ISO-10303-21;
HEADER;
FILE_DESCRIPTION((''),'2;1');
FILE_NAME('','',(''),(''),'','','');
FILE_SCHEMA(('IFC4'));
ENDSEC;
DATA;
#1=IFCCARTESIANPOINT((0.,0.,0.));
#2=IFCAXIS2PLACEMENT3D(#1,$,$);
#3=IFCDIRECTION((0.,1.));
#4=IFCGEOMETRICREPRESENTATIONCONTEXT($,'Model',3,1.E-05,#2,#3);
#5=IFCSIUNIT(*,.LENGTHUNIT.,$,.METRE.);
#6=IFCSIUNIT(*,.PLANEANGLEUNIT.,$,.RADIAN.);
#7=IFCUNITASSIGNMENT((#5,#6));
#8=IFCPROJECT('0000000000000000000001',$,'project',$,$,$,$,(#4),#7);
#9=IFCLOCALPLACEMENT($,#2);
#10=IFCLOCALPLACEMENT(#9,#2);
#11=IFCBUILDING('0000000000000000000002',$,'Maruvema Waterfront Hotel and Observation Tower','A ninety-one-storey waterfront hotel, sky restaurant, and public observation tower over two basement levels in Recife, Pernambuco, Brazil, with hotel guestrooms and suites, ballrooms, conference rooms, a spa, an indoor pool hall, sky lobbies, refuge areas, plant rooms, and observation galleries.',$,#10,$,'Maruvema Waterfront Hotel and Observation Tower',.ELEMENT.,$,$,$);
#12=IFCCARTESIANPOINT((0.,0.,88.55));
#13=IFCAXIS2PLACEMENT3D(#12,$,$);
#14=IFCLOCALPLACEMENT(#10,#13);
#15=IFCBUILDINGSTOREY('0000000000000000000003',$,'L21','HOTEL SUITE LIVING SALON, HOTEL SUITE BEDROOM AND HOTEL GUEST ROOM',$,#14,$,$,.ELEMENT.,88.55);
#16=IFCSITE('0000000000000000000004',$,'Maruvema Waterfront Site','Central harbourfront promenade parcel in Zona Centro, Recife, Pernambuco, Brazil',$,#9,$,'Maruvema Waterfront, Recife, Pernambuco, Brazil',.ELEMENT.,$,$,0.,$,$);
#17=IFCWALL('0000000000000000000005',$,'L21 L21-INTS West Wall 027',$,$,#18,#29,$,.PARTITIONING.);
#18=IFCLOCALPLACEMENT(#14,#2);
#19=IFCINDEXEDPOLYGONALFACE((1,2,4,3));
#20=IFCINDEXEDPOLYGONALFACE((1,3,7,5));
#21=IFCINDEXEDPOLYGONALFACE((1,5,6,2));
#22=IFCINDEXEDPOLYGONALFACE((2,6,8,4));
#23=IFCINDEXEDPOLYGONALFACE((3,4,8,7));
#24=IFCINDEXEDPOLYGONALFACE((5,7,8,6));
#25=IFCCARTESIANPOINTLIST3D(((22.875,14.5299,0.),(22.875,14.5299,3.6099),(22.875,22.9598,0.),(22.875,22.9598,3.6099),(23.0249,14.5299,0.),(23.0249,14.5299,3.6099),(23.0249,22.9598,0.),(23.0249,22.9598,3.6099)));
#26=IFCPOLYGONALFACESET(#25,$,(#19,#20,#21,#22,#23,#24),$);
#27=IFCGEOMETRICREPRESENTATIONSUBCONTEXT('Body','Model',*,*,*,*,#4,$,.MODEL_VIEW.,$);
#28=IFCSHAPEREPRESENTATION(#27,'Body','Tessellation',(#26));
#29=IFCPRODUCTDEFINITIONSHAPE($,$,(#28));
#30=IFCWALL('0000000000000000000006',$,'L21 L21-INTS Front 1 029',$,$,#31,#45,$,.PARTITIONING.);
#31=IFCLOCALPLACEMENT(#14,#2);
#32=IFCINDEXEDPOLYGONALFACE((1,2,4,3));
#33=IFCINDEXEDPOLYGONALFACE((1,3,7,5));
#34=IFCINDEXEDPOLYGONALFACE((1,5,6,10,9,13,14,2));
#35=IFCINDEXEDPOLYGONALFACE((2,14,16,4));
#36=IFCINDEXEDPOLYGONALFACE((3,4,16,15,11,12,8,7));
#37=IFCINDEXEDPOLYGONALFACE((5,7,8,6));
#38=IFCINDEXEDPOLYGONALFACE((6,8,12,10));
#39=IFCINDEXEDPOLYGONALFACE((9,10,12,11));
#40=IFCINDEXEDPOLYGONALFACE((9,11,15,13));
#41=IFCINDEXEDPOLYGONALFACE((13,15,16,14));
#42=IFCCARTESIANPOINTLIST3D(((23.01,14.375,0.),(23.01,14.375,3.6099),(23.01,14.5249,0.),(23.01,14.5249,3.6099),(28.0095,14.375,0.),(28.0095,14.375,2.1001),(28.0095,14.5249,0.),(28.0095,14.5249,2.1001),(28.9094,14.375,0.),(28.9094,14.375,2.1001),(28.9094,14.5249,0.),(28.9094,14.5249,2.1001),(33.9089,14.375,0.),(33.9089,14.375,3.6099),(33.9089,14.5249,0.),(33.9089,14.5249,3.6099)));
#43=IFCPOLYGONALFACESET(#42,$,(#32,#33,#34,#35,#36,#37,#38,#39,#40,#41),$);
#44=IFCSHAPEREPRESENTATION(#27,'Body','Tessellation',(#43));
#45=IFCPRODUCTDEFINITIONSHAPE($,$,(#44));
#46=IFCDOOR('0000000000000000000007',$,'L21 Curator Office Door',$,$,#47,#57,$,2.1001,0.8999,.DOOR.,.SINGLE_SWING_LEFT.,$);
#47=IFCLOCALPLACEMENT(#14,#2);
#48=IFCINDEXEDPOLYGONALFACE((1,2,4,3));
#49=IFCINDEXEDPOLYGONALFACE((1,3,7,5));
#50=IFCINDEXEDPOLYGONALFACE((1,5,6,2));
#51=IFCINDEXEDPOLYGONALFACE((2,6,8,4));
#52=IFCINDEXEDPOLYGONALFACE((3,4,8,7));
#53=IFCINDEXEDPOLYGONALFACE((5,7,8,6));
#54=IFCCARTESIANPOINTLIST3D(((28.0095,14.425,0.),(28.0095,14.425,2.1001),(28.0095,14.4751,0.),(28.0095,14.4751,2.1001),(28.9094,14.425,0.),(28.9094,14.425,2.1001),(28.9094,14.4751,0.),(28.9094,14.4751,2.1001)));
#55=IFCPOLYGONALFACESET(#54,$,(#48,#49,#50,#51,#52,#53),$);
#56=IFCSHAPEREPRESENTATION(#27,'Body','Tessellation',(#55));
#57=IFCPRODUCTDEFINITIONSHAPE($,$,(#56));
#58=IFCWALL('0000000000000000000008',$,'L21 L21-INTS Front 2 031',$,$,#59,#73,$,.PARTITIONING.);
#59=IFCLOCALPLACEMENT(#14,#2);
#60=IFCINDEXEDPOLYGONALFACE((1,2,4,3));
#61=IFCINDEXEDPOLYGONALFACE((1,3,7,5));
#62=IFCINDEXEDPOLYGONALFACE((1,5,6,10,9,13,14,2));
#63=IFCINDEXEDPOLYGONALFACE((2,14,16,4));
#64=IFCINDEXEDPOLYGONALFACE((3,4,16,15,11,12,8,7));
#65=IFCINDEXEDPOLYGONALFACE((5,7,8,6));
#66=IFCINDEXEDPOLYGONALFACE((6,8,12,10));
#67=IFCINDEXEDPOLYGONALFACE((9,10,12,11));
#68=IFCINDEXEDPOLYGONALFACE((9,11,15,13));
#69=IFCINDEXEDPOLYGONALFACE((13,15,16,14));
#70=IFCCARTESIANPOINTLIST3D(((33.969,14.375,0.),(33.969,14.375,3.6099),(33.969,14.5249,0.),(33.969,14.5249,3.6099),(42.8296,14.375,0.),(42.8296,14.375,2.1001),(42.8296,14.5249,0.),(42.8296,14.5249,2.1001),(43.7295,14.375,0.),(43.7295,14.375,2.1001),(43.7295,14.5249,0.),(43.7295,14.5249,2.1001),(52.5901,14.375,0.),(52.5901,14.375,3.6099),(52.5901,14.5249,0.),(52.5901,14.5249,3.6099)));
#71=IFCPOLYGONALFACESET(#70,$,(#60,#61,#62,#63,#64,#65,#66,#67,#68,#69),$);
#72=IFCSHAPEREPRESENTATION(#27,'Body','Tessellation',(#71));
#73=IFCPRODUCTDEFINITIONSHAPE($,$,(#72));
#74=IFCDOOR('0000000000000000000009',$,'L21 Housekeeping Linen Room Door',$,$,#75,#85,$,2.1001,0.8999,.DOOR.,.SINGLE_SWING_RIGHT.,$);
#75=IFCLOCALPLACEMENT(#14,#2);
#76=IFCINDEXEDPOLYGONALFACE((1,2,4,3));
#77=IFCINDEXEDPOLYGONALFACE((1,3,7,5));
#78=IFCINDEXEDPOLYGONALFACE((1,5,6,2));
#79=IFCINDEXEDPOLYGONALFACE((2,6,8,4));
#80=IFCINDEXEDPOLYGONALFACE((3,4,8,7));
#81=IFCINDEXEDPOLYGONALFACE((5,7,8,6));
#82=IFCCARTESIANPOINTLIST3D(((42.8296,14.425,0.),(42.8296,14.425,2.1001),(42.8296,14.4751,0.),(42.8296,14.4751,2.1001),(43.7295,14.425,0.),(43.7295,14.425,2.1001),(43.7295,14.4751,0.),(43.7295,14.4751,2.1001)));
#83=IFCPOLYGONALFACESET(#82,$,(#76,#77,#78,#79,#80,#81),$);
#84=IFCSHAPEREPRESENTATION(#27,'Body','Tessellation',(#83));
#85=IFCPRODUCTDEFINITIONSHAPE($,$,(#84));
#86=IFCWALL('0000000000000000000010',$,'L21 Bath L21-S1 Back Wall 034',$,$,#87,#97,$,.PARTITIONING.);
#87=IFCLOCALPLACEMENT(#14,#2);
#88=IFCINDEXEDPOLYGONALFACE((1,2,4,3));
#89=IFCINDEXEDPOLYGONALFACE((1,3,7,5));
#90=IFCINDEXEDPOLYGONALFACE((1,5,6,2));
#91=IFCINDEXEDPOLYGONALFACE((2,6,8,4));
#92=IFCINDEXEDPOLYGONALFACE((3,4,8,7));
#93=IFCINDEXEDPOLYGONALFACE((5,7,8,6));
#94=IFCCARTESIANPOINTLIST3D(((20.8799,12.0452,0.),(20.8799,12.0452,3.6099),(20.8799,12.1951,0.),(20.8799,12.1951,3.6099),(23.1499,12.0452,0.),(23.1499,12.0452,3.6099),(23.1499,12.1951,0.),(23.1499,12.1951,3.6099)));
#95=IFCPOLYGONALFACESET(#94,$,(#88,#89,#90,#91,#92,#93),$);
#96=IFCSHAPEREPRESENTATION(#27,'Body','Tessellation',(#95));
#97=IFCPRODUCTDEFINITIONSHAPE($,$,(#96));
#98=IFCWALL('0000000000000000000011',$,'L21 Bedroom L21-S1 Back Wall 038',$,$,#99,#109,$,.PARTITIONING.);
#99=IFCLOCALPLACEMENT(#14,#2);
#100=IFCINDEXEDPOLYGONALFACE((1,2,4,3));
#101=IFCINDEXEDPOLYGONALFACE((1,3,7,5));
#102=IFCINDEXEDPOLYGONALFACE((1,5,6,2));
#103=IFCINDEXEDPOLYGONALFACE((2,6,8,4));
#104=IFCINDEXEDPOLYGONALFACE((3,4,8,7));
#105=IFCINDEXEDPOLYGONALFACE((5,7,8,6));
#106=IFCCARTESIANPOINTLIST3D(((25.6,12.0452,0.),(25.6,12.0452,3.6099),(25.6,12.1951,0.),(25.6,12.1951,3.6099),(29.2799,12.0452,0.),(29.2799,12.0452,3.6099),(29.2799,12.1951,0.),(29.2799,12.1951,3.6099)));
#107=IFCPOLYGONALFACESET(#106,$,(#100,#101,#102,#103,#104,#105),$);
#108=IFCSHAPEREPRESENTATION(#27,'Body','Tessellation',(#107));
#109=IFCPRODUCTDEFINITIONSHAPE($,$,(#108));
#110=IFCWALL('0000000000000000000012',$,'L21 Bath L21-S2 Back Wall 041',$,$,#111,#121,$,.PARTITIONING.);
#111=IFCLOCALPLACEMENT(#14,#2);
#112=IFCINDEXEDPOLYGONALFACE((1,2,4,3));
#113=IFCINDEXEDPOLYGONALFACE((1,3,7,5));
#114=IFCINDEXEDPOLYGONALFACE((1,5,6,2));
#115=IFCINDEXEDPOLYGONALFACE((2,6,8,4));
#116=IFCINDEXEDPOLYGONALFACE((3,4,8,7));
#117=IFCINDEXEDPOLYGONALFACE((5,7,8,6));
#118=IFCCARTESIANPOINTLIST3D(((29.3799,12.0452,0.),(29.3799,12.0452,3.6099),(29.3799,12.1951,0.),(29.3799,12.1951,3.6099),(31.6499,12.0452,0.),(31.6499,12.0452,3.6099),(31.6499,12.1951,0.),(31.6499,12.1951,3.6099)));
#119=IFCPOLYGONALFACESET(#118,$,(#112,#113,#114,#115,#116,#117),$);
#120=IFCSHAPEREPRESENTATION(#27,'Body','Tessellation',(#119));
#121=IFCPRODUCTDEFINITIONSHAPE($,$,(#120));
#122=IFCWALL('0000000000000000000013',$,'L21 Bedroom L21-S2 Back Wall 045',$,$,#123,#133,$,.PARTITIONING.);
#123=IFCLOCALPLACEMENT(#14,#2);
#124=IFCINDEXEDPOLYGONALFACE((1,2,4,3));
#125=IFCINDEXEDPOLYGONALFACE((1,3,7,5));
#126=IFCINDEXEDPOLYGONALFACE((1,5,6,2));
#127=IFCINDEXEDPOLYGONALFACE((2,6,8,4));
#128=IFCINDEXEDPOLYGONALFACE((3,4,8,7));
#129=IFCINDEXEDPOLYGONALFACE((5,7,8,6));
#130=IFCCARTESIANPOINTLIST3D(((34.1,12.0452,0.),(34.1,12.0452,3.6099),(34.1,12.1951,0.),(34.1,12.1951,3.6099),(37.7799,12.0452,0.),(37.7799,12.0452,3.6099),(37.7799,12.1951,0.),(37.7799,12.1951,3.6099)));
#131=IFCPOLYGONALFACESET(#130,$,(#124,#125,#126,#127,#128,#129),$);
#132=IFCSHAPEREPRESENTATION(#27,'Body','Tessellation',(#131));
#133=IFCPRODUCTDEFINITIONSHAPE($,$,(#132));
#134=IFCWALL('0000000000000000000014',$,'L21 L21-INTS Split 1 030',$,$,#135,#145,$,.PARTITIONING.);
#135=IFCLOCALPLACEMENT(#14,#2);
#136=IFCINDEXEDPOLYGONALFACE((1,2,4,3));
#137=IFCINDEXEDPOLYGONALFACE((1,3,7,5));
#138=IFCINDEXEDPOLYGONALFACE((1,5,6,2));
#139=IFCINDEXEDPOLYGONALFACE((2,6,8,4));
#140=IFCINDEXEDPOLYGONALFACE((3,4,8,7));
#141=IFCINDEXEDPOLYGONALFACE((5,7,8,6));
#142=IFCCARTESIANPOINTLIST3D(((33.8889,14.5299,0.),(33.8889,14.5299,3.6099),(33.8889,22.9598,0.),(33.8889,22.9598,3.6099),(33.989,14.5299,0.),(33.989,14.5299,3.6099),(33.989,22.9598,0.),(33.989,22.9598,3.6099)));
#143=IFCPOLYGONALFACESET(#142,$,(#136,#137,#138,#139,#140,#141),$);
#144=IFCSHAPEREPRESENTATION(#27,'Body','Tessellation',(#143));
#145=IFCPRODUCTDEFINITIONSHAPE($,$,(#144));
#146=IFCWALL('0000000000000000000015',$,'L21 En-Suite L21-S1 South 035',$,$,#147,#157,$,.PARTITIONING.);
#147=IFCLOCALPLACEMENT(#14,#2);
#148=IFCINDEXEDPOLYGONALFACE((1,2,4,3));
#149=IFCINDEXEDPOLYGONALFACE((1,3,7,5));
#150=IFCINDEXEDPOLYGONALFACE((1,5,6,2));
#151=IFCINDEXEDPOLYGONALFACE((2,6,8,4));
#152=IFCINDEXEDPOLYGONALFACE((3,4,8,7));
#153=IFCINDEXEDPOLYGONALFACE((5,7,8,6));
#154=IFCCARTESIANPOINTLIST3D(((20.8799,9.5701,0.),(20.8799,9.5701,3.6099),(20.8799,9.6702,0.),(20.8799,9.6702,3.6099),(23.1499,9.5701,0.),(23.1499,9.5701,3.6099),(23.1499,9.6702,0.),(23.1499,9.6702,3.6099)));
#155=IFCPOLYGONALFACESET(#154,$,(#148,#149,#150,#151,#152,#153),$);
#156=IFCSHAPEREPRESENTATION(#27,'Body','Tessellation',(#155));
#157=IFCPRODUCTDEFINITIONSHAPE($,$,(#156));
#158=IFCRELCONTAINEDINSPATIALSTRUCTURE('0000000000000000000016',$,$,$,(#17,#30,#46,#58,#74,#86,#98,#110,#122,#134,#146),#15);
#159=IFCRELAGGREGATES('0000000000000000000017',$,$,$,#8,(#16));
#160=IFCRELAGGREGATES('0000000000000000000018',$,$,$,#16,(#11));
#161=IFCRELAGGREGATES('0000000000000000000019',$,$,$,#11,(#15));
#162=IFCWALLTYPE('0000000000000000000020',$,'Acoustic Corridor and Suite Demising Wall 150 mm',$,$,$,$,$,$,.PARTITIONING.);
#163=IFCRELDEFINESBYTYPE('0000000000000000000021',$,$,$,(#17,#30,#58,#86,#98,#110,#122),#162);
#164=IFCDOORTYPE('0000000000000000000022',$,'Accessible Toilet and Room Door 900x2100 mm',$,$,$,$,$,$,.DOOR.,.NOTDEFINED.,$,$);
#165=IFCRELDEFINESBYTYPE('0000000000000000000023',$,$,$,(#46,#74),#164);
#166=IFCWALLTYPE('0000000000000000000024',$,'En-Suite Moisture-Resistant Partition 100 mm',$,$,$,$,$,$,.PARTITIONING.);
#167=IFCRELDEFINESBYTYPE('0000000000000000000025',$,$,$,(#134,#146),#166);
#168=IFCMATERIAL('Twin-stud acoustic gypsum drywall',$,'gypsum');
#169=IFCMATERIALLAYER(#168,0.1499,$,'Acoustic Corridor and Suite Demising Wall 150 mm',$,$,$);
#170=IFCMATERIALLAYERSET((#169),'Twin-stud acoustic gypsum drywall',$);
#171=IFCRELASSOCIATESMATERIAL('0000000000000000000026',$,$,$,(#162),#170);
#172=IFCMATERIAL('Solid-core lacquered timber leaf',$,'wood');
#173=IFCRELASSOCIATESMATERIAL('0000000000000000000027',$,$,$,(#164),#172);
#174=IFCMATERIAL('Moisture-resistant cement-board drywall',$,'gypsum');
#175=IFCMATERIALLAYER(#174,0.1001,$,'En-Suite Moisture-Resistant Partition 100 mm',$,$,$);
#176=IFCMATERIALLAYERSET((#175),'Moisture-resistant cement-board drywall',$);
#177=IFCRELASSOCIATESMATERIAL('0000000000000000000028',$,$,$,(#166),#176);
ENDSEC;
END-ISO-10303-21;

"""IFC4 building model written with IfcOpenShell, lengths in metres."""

from ifc_helpers import new_model, si_unit, direction, frame, frame_2d, origin, place, context, subcontext, project, spatial, rectangle, extrude, material, layer, layer_set, type_object, element, fill, save


model = new_model("IFC4")

# Units and contexts
model_context = context("Model", 3, precision=1e-05, world=origin(), true_north=direction((0.0, 1.0)))
body_context = subcontext(model_context, "Body", "Model", "MODEL_VIEW")
ifc_project = project(units=[si_unit("LENGTHUNIT", "METRE"), si_unit("PLANEANGLEUNIT", "RADIAN")], contexts=[model_context])

# Site, building, storey
site_placement = place(None, origin())
site = spatial("IfcSite", under=ifc_project, at=site_placement, Name="Maruvema Waterfront Site", Description="Central harbourfront promenade parcel in Zona Centro, Recife, Pernambuco, Brazil", LongName="Maruvema Waterfront, Recife, Pernambuco, Brazil", CompositionType="ELEMENT", RefElevation=0.0)
building_placement = place(site_placement, origin())
building = spatial("IfcBuilding", under=site, at=building_placement, Name="Maruvema Waterfront Hotel and Observation Tower", Description="A ninety-one-storey waterfront hotel, sky restaurant, and public observation tower over two basement levels in Recife, Pernambuco, Brazil, with hotel guestrooms and suites, ballrooms, conference rooms, a spa, an indoor pool hall, sky lobbies, refuge areas, plant rooms, and observation galleries.", LongName="Maruvema Waterfront Hotel and Observation Tower", CompositionType="ELEMENT")
storey_placement = place(building_placement, frame((0.0, 0.0, 88.55)))
storey = spatial("IfcBuildingStorey", under=building, at=storey_placement, Name="L21", Description="HOTEL SUITE LIVING SALON, HOTEL SUITE BEDROOM AND HOTEL GUEST ROOM", CompositionType="ELEMENT", Elevation=88.55)

# Wall
ifc_material_1 = material(Name="Twin-stud acoustic gypsum drywall", Category="gypsum")
ifc_layer_1 = layer(ifc_material_1, 0.1499, Name="Acoustic Corridor and Suite Demising Wall 150 mm")
ifc_layer_set_1 = layer_set([ifc_layer_1], Name="Twin-stud acoustic gypsum drywall")
wall_type_1 = type_object("IfcWallType", Name="Acoustic Corridor and Suite Demising Wall 150 mm", PredefinedType="PARTITIONING", material=ifc_layer_set_1)
wall_1_placement = place(storey_placement, frame((22.95, 14.53, 0.0), z_axis=(0.0, 0.0, 1.0), x_axis=(0.0, 1.0, 0.0)))
element("IfcWall", 1, at=wall_1_placement, inside=storey, type_object=wall_type_1, Name="L21 L21-INTS West Wall 027", PredefinedType="PARTITIONING", context=body_context, shape_type="SweptSolid", body=[
    extrude(rectangle(XDim=8.4299, YDim=0.1499, at=frame_2d((4.2148, 0.0))), origin(), (0.0, 0.0, 1.0), 3.6099),
])

# Walls, openings, doors
wall_2_placement = place(storey_placement, frame((23.01, 14.45, 0.0), z_axis=(0.0, 0.0, 1.0), x_axis=(1.0, 0.0, 0.0)))
wall_2 = element("IfcWall", 2, at=wall_2_placement, inside=storey, type_object=wall_type_1, Name="L21 L21-INTS Front 1 029", PredefinedType="PARTITIONING", context=body_context, shape_type="SweptSolid", body=[
    extrude(rectangle(XDim=10.8989, YDim=0.1499, at=frame_2d((5.4495, 0.0))), origin(), (0.0, 0.0, 1.0), 3.6099),
])
opening_1_placement = place(wall_2_placement, frame((4.9995, 0.0, 0.0)))
opening_1 = element("IfcOpeningElement", 3, at=opening_1_placement, cuts=wall_2, PredefinedType="OPENING", context=body_context, shape_type="SweptSolid", body=[
    extrude(rectangle(XDim=0.8999, YDim=2.1001, at=frame_2d((0.45, 1.05))), frame((0.0, 0.085, 0.0), z_axis=(0.0, -1.0, 0.0), x_axis=(1.0, 0.0, 0.0)), (0.0, 0.0, 1.0), 0.1699),
])
ifc_material_2 = material(Name="Solid-core lacquered timber leaf", Category="wood")
door_type_1 = type_object("IfcDoorType", Name="Accessible Toilet and Room Door 900x2100 mm", OperationType="NOTDEFINED", PredefinedType="DOOR", material=ifc_material_2)
door_1_placement = place(opening_1_placement, frame((0.8999, 0.0, 0.0), z_axis=(0.0, 0.0, 1.0), x_axis=(-1.0, 0.0, 0.0)))
door_1 = element("IfcDoor", 4, at=door_1_placement, inside=storey, type_object=door_type_1, Name="L21 Curator Office Door", OperationType="SINGLE_SWING_LEFT", OverallHeight=2.1001, OverallWidth=0.8999, PredefinedType="DOOR", context=body_context, shape_type="SweptSolid", body=[
    extrude(rectangle(XDim=0.8999, YDim=2.1001, at=frame_2d((0.45, 1.05))), frame((0.0, 0.0249, 0.0), z_axis=(0.0, -1.0, 0.0), x_axis=(1.0, 0.0, 0.0)), (0.0, 0.0, 1.0), 0.05),
])
fill(opening_1, door_1)
wall_3_placement = place(storey_placement, frame((33.969, 14.45, 0.0), z_axis=(0.0, 0.0, 1.0), x_axis=(1.0, 0.0, 0.0)))
wall_3 = element("IfcWall", 5, at=wall_3_placement, inside=storey, type_object=wall_type_1, Name="L21 L21-INTS Front 2 031", PredefinedType="PARTITIONING", context=body_context, shape_type="SweptSolid", body=[
    extrude(rectangle(XDim=18.6211, YDim=0.1499, at=frame_2d((9.3105, 0.0))), origin(), (0.0, 0.0, 1.0), 3.6099),
])
opening_2_placement = place(wall_3_placement, frame((8.8606, 0.0, 0.0)))
opening_2 = element("IfcOpeningElement", 6, at=opening_2_placement, cuts=wall_3, PredefinedType="OPENING", context=body_context, shape_type="SweptSolid", body=[
    extrude(rectangle(XDim=0.8999, YDim=2.1001, at=frame_2d((0.45, 1.05))), frame((0.0, 0.085, 0.0), z_axis=(0.0, -1.0, 0.0), x_axis=(1.0, 0.0, 0.0)), (0.0, 0.0, 1.0), 0.1699),
])
door_2_placement = place(opening_2_placement, frame((0.8999, 0.0, 0.0), z_axis=(0.0, 0.0, 1.0), x_axis=(-1.0, 0.0, 0.0)))
door_2 = element("IfcDoor", 7, at=door_2_placement, inside=storey, type_object=door_type_1, Name="L21 Housekeeping Linen Room Door", OperationType="SINGLE_SWING_RIGHT", OverallHeight=2.1001, OverallWidth=0.8999, PredefinedType="DOOR", context=body_context, shape_type="SweptSolid", body=[
    extrude(rectangle(XDim=0.8999, YDim=2.1001, at=frame_2d((0.45, 1.05))), frame((0.0, 0.0249, 0.0), z_axis=(0.0, -1.0, 0.0), x_axis=(1.0, 0.0, 0.0)), (0.0, 0.0, 1.0), 0.05),
])
fill(opening_2, door_2)

# Wall
wall_4_placement = place(storey_placement, frame((20.8799, 12.1201, 0.0), z_axis=(0.0, 0.0, 1.0), x_axis=(1.0, 0.0, 0.0)))
element("IfcWall", 8, at=wall_4_placement, inside=storey, type_object=wall_type_1, Name="L21 Bath L21-S1 Back Wall 034", PredefinedType="PARTITIONING", context=body_context, shape_type="SweptSolid", body=[
    extrude(rectangle(XDim=2.27, YDim=0.1499, at=frame_2d((1.135, 0.0))), origin(), (0.0, 0.0, 1.0), 3.6099),
])

# Walls
wall_5_placement = place(storey_placement, frame((25.6001, 12.1201, 0.0), z_axis=(0.0, 0.0, 1.0), x_axis=(1.0, 0.0, 0.0)))
element("IfcWall", 9, at=wall_5_placement, inside=storey, type_object=wall_type_1, Name="L21 Bedroom L21-S1 Back Wall 038", PredefinedType="PARTITIONING", context=body_context, shape_type="SweptSolid", body=[
    extrude(rectangle(XDim=3.6799, YDim=0.1499, at=frame_2d((1.8398, 0.0))), origin(), (0.0, 0.0, 1.0), 3.6099),
])
wall_6_placement = place(storey_placement, frame((29.3799, 12.1201, 0.0), z_axis=(0.0, 0.0, 1.0), x_axis=(1.0, 0.0, 0.0)))
element("IfcWall", 10, at=wall_6_placement, inside=storey, type_object=wall_type_1, Name="L21 Bath L21-S2 Back Wall 041", PredefinedType="PARTITIONING", context=body_context, shape_type="SweptSolid", body=[
    extrude(rectangle(XDim=2.27, YDim=0.1499, at=frame_2d((1.135, 0.0))), origin(), (0.0, 0.0, 1.0), 3.6099),
])

# Walls
wall_7_placement = place(storey_placement, frame((34.1001, 12.1201, 0.0), z_axis=(0.0, 0.0, 1.0), x_axis=(1.0, 0.0, 0.0)))
element("IfcWall", 11, at=wall_7_placement, inside=storey, type_object=wall_type_1, Name="L21 Bedroom L21-S2 Back Wall 045", PredefinedType="PARTITIONING", context=body_context, shape_type="SweptSolid", body=[
    extrude(rectangle(XDim=3.6799, YDim=0.1499, at=frame_2d((1.8398, 0.0))), origin(), (0.0, 0.0, 1.0), 3.6099),
])
ifc_material_3 = material(Name="Moisture-resistant cement-board drywall", Category="gypsum")
ifc_layer_2 = layer(ifc_material_3, 0.1001, Name="En-Suite Moisture-Resistant Partition 100 mm")
ifc_layer_set_2 = layer_set([ifc_layer_2], Name="Moisture-resistant cement-board drywall")
wall_type_2 = type_object("IfcWallType", Name="En-Suite Moisture-Resistant Partition 100 mm", PredefinedType="PARTITIONING", material=ifc_layer_set_2)
wall_8_placement = place(storey_placement, frame((33.939, 14.53, 0.0), z_axis=(0.0, 0.0, 1.0), x_axis=(0.0, 1.0, 0.0)))
element("IfcWall", 12, at=wall_8_placement, inside=storey, type_object=wall_type_2, Name="L21 L21-INTS Split 1 030", PredefinedType="PARTITIONING", context=body_context, shape_type="SweptSolid", body=[
    extrude(rectangle(XDim=8.4299, YDim=0.1001, at=frame_2d((4.2148, 0.0))), origin(), (0.0, 0.0, 1.0), 3.6099),
])
wall_9_placement = place(storey_placement, frame((20.8799, 9.6201, 0.0), z_axis=(0.0, 0.0, 1.0), x_axis=(1.0, 0.0, 0.0)))
element("IfcWall", 13, at=wall_9_placement, inside=storey, type_object=wall_type_2, Name="L21 En-Suite L21-S1 South 035", PredefinedType="PARTITIONING", context=body_context, shape_type="SweptSolid", body=[
    extrude(rectangle(XDim=2.27, YDim=0.1001, at=frame_2d((1.135, 0.0))), origin(), (0.0, 0.0, 1.0), 3.6099),
])

save(model, "model.ifc")
